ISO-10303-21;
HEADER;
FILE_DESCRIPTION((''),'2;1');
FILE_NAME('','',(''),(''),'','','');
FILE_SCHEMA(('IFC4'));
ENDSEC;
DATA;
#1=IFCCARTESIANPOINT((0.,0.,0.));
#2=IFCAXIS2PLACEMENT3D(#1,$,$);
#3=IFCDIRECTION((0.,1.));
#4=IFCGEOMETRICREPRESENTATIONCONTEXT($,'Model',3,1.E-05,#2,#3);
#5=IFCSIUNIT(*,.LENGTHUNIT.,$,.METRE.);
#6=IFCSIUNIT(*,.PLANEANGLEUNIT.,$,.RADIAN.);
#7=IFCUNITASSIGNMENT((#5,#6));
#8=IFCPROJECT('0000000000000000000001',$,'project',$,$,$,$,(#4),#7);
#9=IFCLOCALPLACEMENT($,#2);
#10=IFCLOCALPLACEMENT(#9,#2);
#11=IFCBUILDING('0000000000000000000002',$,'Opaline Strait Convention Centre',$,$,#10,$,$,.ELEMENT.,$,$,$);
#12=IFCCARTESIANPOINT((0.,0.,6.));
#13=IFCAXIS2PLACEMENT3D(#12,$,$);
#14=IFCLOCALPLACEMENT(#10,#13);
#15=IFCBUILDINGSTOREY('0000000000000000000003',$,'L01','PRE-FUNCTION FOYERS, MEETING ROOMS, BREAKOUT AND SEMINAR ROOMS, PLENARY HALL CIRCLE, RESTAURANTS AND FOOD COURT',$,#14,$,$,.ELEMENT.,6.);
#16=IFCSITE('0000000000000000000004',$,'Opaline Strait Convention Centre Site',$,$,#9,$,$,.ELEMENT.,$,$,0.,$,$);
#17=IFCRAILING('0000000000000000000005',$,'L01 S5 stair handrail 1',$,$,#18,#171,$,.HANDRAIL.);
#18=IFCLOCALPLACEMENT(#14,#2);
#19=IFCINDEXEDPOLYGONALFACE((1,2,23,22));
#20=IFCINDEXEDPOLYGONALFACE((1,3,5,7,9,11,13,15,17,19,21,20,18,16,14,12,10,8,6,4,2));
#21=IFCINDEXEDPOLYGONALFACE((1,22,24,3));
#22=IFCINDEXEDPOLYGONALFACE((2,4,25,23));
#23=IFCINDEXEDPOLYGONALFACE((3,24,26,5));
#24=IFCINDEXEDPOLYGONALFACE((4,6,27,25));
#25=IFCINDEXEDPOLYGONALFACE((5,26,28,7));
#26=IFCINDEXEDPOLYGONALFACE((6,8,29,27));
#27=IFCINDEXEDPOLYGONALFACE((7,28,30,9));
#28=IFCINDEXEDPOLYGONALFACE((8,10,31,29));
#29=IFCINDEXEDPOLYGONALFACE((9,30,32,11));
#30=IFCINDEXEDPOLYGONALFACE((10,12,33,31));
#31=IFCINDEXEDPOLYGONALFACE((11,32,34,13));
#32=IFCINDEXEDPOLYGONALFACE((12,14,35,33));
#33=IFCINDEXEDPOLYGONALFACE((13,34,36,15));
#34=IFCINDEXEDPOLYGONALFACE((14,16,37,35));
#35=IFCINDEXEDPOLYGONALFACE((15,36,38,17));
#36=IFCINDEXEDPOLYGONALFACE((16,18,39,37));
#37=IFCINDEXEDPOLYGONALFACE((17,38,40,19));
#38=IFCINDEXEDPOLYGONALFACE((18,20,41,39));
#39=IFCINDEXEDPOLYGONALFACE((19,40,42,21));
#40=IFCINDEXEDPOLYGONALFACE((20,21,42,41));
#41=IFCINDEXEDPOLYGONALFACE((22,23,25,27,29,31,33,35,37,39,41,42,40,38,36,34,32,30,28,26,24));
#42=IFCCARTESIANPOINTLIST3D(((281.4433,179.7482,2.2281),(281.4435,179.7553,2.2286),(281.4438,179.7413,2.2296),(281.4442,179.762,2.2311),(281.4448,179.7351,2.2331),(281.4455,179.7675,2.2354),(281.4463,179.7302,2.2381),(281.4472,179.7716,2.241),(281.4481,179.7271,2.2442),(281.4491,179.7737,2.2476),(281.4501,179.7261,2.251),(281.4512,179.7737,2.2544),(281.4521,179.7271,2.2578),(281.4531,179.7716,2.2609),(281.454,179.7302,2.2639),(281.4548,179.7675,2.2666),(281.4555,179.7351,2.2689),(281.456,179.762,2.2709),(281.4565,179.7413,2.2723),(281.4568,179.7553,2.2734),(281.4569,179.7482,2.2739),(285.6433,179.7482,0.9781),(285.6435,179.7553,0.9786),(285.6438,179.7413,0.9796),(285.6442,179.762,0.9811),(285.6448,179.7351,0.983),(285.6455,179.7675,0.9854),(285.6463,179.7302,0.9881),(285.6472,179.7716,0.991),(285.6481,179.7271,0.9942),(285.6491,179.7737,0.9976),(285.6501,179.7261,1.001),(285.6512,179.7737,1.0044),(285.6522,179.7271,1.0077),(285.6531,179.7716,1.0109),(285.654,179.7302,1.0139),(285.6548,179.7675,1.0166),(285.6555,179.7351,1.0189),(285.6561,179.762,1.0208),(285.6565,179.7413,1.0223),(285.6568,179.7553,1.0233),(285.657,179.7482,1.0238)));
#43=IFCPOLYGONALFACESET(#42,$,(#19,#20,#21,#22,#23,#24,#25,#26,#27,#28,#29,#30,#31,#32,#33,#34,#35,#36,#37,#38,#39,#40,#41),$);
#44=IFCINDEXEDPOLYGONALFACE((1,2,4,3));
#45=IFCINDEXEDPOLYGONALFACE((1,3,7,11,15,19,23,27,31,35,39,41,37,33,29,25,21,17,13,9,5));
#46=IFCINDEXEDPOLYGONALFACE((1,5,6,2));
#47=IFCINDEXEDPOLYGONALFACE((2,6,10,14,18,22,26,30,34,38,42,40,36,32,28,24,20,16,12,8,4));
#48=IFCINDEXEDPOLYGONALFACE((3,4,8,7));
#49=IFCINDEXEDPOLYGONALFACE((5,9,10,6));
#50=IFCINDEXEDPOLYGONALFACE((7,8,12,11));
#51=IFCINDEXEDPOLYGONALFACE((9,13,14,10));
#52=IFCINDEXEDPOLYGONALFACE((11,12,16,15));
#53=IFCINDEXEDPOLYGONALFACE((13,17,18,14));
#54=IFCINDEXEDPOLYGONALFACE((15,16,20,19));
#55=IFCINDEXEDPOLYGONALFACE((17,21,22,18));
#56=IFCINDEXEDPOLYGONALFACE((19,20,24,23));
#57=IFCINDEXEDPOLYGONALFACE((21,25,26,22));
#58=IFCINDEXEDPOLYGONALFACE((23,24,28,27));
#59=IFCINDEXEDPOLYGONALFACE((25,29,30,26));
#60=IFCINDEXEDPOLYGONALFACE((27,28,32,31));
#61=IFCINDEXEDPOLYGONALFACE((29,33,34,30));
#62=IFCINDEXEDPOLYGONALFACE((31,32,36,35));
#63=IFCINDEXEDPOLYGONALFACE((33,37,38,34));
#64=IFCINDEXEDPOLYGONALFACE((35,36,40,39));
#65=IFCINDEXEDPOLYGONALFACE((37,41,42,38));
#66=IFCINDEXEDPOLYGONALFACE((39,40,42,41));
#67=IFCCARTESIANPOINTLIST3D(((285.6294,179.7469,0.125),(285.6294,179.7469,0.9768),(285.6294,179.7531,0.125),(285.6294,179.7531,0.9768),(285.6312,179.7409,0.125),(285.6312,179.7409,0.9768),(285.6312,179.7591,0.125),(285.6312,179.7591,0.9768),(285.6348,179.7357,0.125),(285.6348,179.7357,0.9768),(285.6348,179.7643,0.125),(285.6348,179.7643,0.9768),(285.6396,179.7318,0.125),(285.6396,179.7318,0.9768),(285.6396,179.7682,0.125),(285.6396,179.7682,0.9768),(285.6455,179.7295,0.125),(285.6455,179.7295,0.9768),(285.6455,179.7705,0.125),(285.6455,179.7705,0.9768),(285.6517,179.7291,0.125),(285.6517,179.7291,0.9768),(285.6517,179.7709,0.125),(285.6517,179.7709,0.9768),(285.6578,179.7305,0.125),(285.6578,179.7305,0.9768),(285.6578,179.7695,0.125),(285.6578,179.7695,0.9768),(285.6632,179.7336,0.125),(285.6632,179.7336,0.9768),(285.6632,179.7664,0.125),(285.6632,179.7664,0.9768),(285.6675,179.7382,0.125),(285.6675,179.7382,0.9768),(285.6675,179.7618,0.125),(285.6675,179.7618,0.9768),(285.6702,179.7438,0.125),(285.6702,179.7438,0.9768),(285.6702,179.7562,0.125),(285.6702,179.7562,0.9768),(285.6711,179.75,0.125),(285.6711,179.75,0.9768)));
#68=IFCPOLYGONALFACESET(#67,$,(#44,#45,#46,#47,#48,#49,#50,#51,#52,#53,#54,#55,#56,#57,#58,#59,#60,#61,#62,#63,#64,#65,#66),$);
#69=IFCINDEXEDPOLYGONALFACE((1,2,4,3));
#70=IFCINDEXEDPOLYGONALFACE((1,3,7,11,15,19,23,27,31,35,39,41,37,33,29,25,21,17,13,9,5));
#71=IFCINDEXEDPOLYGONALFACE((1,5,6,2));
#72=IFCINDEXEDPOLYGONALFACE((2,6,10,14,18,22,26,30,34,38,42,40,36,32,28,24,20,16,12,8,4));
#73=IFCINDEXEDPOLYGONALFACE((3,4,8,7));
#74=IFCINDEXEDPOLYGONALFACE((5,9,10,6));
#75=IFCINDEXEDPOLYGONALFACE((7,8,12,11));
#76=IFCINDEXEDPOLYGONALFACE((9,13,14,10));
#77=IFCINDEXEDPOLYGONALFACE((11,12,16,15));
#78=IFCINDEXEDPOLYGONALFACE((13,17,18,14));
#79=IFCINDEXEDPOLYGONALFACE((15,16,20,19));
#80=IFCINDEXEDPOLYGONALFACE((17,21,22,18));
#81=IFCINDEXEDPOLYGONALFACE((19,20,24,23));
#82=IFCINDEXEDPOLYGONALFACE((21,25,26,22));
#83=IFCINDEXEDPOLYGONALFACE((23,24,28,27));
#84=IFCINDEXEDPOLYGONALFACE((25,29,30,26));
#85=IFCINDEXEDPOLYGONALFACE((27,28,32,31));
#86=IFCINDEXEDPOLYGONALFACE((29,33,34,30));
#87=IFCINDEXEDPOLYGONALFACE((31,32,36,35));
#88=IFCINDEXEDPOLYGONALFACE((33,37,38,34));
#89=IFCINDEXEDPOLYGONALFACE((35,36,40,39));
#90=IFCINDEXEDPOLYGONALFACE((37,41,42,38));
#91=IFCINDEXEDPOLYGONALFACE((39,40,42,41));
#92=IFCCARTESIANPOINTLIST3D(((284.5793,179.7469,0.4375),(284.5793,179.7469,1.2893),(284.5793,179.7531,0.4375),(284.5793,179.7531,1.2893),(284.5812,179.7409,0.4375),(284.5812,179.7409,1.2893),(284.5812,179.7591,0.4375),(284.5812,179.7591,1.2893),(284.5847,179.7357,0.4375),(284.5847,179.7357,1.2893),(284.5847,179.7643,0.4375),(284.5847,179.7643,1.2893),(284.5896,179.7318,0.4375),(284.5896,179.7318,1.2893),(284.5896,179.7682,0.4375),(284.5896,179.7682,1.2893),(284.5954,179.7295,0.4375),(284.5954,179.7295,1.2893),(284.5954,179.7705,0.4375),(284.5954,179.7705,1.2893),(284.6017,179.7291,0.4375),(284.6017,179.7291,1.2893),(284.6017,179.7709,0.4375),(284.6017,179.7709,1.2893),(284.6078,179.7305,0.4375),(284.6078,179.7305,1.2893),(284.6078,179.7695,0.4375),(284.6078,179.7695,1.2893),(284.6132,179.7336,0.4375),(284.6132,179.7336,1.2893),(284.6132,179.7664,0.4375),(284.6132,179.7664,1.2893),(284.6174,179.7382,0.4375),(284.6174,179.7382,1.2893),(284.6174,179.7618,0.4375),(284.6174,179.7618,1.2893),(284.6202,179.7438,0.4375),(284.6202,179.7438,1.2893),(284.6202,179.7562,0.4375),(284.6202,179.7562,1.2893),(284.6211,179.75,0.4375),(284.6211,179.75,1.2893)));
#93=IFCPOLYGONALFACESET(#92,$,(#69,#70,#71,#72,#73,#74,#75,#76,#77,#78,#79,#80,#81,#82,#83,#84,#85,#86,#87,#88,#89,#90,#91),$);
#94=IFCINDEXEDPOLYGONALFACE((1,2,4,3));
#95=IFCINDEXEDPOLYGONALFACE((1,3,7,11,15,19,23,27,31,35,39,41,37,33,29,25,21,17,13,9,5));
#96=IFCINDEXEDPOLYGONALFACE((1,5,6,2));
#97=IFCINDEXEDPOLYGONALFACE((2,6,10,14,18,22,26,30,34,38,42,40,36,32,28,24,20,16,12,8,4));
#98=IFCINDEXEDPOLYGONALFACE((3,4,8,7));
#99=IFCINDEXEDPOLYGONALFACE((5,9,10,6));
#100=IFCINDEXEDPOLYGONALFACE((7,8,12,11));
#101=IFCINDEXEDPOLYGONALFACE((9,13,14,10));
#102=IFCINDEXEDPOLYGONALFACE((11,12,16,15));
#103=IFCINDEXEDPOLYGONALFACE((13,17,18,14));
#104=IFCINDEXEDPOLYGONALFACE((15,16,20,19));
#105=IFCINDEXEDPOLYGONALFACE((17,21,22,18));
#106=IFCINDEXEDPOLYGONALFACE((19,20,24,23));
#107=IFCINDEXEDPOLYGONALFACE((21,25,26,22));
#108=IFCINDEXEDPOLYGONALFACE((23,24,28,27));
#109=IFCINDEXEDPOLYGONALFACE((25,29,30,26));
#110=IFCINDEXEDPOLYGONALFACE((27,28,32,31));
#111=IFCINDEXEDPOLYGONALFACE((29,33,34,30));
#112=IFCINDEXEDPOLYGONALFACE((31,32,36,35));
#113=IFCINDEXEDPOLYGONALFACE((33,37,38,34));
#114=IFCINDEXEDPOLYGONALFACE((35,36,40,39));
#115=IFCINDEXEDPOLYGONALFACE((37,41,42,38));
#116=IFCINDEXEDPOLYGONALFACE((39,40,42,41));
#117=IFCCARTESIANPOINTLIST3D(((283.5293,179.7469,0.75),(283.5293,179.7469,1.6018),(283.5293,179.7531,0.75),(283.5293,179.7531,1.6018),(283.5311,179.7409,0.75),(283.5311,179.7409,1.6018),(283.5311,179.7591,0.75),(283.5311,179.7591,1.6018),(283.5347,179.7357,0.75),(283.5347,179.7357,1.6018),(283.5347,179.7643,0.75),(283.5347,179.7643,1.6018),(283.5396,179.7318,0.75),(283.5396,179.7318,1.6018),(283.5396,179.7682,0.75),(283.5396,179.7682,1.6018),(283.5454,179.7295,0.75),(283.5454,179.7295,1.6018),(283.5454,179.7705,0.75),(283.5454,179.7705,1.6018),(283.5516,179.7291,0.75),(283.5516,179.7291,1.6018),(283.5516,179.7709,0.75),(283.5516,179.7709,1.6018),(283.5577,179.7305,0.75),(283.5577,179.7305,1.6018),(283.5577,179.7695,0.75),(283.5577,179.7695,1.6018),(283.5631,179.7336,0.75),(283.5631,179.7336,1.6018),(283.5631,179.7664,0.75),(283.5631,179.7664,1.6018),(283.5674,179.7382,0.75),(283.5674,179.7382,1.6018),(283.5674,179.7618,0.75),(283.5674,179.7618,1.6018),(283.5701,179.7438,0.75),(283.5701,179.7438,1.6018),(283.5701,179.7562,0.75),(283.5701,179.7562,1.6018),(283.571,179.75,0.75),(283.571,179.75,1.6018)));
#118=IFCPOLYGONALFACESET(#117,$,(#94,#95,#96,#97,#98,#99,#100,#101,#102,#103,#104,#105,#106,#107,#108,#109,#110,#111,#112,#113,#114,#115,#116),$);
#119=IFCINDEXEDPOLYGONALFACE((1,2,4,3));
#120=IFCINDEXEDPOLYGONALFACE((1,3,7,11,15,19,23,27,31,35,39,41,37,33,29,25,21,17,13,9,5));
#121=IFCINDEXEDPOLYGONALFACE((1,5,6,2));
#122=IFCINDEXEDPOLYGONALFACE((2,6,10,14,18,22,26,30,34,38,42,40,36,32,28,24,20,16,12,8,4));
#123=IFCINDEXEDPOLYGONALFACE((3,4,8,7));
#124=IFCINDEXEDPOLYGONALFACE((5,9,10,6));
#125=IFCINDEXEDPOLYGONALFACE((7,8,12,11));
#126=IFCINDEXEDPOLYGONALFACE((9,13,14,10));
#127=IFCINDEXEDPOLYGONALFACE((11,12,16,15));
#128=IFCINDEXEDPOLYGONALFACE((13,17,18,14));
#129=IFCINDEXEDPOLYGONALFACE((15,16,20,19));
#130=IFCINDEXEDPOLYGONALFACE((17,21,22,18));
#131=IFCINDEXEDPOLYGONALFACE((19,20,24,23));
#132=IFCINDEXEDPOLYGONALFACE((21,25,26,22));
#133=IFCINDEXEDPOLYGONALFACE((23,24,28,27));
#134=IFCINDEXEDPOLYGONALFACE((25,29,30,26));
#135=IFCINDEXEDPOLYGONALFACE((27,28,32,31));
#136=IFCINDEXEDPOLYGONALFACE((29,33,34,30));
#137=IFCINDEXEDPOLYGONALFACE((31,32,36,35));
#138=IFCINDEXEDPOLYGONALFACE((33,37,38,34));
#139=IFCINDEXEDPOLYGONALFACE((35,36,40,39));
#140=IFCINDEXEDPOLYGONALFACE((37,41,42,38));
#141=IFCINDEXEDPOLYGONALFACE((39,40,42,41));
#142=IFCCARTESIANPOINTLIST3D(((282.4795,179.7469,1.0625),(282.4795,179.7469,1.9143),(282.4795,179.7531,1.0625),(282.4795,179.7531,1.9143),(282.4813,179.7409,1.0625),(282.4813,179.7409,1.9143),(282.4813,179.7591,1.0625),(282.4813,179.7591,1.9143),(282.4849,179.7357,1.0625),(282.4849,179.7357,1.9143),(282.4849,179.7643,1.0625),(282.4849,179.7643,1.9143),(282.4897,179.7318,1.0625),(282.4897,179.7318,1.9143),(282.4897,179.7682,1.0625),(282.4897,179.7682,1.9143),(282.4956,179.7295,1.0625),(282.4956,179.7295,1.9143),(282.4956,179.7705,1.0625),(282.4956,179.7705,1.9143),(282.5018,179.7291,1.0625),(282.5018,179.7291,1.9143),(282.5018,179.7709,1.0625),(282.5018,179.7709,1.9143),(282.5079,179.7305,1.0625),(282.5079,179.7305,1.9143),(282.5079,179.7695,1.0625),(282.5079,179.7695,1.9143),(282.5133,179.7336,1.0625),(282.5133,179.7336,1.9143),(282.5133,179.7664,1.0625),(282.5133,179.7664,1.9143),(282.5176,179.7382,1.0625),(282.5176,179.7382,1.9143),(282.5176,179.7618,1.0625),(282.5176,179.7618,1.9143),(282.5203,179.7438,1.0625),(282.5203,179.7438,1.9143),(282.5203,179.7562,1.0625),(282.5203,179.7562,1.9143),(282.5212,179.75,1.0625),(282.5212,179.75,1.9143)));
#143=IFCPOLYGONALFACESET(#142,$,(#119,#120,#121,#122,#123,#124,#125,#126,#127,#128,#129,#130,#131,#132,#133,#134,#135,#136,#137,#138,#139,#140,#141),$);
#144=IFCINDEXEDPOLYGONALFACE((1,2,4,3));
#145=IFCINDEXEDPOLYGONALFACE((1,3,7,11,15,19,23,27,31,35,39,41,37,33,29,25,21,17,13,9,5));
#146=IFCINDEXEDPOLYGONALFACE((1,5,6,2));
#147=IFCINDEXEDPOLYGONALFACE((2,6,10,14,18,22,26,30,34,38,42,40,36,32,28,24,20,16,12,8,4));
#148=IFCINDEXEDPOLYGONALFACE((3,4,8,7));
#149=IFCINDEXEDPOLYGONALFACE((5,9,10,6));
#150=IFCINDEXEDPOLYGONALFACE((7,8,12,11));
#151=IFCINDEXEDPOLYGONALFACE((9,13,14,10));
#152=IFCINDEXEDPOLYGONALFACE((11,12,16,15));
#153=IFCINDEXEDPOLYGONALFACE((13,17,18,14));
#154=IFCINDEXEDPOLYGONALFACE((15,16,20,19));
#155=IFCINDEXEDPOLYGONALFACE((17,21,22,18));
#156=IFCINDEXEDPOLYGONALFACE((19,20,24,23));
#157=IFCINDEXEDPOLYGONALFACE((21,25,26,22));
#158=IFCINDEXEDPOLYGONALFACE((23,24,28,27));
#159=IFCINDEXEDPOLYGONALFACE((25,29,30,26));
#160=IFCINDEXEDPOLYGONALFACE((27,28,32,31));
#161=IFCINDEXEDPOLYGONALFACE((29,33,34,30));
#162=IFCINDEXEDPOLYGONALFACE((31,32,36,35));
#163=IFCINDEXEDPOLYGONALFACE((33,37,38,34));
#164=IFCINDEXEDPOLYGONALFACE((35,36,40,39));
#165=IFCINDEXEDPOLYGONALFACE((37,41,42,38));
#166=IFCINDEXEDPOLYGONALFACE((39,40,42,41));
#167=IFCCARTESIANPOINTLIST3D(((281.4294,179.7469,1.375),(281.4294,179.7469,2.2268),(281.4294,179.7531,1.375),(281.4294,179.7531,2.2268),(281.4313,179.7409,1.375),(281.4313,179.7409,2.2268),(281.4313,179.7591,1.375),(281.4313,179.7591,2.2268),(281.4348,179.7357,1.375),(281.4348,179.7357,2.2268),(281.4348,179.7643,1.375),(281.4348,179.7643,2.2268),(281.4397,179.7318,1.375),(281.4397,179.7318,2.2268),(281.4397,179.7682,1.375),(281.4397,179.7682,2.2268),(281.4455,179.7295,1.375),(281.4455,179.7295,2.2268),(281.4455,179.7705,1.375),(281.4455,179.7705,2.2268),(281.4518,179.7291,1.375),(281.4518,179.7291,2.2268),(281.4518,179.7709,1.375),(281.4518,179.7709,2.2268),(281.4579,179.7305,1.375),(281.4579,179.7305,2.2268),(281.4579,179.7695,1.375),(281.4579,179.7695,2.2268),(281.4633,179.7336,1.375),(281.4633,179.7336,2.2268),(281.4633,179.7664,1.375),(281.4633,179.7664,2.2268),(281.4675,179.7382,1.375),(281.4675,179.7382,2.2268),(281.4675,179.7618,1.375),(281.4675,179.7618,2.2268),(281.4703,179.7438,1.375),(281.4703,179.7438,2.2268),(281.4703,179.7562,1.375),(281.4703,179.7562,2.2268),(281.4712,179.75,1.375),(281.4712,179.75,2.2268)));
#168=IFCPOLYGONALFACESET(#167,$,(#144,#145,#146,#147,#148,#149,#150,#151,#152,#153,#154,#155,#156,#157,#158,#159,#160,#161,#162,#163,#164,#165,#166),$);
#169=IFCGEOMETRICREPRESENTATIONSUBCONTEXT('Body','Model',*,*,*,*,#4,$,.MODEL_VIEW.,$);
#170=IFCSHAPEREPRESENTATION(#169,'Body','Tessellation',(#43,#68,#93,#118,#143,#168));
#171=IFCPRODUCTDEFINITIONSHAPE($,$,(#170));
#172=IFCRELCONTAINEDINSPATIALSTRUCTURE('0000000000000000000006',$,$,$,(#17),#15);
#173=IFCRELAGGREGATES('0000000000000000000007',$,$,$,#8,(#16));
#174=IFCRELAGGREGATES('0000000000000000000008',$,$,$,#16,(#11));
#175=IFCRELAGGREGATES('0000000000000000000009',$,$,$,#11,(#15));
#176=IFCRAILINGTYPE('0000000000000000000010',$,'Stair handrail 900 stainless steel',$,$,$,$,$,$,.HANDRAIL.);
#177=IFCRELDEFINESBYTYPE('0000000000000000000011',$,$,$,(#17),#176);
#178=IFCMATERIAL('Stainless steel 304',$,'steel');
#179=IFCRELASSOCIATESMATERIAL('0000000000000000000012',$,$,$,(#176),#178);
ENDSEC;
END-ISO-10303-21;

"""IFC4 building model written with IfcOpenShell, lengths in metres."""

from ifc_helpers import new_model, si_unit, direction, frame, origin, origin_2d, place, context, subcontext, project, spatial, circle, extrude, material, type_object, element, save


model = new_model("IFC4")

# Units and contexts
model_context = context("Model", 3, precision=1e-05, world=origin(), true_north=direction((0.0, 1.0)))
body_context = subcontext(model_context, "Body", "Model", "MODEL_VIEW")
ifc_project = project(units=[si_unit("LENGTHUNIT", "METRE"), si_unit("PLANEANGLEUNIT", "RADIAN")], contexts=[model_context])

# Site, building, storey
site_placement = place(None, origin())
site = spatial("IfcSite", under=ifc_project, at=site_placement, Name="Opaline Strait Convention Centre Site", CompositionType="ELEMENT", RefElevation=0.0)
building_placement = place(site_placement, origin())
building = spatial("IfcBuilding", under=site, at=building_placement, Name="Opaline Strait Convention Centre", CompositionType="ELEMENT")
storey_placement = place(building_placement, frame((0.0, 0.0, 6.0)))
storey = spatial("IfcBuildingStorey", under=building, at=storey_placement, Name="L01", Description="PRE-FUNCTION FOYERS, MEETING ROOMS, BREAKOUT AND SEMINAR ROOMS, PLENARY HALL CIRCLE, RESTAURANTS AND FOOD COURT", CompositionType="ELEMENT", Elevation=6.0)

# Railing
ifc_material_1 = material(Name="Stainless steel 304", Category="steel")
railing_type_1 = type_object("IfcRailingType", Name="Stair handrail 900 stainless steel", PredefinedType="HANDRAIL", material=ifc_material_1)
for number, where, name in (
    (1, (285.6501, 179.75, 0.125), "L01 S5 stair handrail 1"),
):
    element("IfcRailing", number, at=place(storey_placement, frame(where)), inside=storey, type_object=railing_type_1, Name=name, PredefinedType="HANDRAIL", context=body_context, shape_type="SweptSolid", body=[
        extrude(circle(Radius=0.0239, at=origin_2d()), frame((0.0, 0.0, 0.876), z_axis=(-0.958451, 0.0, 0.285257), x_axis=(0.0, -1.0, 0.0)), (0.0, 0.0, 1.0), 4.3821),
        extrude(circle(Radius=0.021, at=origin_2d()), origin(), (0.0, 0.0, 1.0), 0.8518),
        extrude(circle(Radius=0.021, at=origin_2d()), frame((-1.05, 0.0, 0.3125)), (0.0, 0.0, 1.0), 0.8518),
        extrude(circle(Radius=0.021, at=origin_2d()), frame((-2.1001, 0.0, 0.625)), (0.0, 0.0, 1.0), 0.8518),
        extrude(circle(Radius=0.021, at=origin_2d()), frame((-3.1499, 0.0, 0.9375)), (0.0, 0.0, 1.0), 0.8518),
        extrude(circle(Radius=0.021, at=origin_2d()), frame((-4.2, 0.0, 1.25)), (0.0, 0.0, 1.0), 0.8518),
    ])

save(model, "model.ifc")
